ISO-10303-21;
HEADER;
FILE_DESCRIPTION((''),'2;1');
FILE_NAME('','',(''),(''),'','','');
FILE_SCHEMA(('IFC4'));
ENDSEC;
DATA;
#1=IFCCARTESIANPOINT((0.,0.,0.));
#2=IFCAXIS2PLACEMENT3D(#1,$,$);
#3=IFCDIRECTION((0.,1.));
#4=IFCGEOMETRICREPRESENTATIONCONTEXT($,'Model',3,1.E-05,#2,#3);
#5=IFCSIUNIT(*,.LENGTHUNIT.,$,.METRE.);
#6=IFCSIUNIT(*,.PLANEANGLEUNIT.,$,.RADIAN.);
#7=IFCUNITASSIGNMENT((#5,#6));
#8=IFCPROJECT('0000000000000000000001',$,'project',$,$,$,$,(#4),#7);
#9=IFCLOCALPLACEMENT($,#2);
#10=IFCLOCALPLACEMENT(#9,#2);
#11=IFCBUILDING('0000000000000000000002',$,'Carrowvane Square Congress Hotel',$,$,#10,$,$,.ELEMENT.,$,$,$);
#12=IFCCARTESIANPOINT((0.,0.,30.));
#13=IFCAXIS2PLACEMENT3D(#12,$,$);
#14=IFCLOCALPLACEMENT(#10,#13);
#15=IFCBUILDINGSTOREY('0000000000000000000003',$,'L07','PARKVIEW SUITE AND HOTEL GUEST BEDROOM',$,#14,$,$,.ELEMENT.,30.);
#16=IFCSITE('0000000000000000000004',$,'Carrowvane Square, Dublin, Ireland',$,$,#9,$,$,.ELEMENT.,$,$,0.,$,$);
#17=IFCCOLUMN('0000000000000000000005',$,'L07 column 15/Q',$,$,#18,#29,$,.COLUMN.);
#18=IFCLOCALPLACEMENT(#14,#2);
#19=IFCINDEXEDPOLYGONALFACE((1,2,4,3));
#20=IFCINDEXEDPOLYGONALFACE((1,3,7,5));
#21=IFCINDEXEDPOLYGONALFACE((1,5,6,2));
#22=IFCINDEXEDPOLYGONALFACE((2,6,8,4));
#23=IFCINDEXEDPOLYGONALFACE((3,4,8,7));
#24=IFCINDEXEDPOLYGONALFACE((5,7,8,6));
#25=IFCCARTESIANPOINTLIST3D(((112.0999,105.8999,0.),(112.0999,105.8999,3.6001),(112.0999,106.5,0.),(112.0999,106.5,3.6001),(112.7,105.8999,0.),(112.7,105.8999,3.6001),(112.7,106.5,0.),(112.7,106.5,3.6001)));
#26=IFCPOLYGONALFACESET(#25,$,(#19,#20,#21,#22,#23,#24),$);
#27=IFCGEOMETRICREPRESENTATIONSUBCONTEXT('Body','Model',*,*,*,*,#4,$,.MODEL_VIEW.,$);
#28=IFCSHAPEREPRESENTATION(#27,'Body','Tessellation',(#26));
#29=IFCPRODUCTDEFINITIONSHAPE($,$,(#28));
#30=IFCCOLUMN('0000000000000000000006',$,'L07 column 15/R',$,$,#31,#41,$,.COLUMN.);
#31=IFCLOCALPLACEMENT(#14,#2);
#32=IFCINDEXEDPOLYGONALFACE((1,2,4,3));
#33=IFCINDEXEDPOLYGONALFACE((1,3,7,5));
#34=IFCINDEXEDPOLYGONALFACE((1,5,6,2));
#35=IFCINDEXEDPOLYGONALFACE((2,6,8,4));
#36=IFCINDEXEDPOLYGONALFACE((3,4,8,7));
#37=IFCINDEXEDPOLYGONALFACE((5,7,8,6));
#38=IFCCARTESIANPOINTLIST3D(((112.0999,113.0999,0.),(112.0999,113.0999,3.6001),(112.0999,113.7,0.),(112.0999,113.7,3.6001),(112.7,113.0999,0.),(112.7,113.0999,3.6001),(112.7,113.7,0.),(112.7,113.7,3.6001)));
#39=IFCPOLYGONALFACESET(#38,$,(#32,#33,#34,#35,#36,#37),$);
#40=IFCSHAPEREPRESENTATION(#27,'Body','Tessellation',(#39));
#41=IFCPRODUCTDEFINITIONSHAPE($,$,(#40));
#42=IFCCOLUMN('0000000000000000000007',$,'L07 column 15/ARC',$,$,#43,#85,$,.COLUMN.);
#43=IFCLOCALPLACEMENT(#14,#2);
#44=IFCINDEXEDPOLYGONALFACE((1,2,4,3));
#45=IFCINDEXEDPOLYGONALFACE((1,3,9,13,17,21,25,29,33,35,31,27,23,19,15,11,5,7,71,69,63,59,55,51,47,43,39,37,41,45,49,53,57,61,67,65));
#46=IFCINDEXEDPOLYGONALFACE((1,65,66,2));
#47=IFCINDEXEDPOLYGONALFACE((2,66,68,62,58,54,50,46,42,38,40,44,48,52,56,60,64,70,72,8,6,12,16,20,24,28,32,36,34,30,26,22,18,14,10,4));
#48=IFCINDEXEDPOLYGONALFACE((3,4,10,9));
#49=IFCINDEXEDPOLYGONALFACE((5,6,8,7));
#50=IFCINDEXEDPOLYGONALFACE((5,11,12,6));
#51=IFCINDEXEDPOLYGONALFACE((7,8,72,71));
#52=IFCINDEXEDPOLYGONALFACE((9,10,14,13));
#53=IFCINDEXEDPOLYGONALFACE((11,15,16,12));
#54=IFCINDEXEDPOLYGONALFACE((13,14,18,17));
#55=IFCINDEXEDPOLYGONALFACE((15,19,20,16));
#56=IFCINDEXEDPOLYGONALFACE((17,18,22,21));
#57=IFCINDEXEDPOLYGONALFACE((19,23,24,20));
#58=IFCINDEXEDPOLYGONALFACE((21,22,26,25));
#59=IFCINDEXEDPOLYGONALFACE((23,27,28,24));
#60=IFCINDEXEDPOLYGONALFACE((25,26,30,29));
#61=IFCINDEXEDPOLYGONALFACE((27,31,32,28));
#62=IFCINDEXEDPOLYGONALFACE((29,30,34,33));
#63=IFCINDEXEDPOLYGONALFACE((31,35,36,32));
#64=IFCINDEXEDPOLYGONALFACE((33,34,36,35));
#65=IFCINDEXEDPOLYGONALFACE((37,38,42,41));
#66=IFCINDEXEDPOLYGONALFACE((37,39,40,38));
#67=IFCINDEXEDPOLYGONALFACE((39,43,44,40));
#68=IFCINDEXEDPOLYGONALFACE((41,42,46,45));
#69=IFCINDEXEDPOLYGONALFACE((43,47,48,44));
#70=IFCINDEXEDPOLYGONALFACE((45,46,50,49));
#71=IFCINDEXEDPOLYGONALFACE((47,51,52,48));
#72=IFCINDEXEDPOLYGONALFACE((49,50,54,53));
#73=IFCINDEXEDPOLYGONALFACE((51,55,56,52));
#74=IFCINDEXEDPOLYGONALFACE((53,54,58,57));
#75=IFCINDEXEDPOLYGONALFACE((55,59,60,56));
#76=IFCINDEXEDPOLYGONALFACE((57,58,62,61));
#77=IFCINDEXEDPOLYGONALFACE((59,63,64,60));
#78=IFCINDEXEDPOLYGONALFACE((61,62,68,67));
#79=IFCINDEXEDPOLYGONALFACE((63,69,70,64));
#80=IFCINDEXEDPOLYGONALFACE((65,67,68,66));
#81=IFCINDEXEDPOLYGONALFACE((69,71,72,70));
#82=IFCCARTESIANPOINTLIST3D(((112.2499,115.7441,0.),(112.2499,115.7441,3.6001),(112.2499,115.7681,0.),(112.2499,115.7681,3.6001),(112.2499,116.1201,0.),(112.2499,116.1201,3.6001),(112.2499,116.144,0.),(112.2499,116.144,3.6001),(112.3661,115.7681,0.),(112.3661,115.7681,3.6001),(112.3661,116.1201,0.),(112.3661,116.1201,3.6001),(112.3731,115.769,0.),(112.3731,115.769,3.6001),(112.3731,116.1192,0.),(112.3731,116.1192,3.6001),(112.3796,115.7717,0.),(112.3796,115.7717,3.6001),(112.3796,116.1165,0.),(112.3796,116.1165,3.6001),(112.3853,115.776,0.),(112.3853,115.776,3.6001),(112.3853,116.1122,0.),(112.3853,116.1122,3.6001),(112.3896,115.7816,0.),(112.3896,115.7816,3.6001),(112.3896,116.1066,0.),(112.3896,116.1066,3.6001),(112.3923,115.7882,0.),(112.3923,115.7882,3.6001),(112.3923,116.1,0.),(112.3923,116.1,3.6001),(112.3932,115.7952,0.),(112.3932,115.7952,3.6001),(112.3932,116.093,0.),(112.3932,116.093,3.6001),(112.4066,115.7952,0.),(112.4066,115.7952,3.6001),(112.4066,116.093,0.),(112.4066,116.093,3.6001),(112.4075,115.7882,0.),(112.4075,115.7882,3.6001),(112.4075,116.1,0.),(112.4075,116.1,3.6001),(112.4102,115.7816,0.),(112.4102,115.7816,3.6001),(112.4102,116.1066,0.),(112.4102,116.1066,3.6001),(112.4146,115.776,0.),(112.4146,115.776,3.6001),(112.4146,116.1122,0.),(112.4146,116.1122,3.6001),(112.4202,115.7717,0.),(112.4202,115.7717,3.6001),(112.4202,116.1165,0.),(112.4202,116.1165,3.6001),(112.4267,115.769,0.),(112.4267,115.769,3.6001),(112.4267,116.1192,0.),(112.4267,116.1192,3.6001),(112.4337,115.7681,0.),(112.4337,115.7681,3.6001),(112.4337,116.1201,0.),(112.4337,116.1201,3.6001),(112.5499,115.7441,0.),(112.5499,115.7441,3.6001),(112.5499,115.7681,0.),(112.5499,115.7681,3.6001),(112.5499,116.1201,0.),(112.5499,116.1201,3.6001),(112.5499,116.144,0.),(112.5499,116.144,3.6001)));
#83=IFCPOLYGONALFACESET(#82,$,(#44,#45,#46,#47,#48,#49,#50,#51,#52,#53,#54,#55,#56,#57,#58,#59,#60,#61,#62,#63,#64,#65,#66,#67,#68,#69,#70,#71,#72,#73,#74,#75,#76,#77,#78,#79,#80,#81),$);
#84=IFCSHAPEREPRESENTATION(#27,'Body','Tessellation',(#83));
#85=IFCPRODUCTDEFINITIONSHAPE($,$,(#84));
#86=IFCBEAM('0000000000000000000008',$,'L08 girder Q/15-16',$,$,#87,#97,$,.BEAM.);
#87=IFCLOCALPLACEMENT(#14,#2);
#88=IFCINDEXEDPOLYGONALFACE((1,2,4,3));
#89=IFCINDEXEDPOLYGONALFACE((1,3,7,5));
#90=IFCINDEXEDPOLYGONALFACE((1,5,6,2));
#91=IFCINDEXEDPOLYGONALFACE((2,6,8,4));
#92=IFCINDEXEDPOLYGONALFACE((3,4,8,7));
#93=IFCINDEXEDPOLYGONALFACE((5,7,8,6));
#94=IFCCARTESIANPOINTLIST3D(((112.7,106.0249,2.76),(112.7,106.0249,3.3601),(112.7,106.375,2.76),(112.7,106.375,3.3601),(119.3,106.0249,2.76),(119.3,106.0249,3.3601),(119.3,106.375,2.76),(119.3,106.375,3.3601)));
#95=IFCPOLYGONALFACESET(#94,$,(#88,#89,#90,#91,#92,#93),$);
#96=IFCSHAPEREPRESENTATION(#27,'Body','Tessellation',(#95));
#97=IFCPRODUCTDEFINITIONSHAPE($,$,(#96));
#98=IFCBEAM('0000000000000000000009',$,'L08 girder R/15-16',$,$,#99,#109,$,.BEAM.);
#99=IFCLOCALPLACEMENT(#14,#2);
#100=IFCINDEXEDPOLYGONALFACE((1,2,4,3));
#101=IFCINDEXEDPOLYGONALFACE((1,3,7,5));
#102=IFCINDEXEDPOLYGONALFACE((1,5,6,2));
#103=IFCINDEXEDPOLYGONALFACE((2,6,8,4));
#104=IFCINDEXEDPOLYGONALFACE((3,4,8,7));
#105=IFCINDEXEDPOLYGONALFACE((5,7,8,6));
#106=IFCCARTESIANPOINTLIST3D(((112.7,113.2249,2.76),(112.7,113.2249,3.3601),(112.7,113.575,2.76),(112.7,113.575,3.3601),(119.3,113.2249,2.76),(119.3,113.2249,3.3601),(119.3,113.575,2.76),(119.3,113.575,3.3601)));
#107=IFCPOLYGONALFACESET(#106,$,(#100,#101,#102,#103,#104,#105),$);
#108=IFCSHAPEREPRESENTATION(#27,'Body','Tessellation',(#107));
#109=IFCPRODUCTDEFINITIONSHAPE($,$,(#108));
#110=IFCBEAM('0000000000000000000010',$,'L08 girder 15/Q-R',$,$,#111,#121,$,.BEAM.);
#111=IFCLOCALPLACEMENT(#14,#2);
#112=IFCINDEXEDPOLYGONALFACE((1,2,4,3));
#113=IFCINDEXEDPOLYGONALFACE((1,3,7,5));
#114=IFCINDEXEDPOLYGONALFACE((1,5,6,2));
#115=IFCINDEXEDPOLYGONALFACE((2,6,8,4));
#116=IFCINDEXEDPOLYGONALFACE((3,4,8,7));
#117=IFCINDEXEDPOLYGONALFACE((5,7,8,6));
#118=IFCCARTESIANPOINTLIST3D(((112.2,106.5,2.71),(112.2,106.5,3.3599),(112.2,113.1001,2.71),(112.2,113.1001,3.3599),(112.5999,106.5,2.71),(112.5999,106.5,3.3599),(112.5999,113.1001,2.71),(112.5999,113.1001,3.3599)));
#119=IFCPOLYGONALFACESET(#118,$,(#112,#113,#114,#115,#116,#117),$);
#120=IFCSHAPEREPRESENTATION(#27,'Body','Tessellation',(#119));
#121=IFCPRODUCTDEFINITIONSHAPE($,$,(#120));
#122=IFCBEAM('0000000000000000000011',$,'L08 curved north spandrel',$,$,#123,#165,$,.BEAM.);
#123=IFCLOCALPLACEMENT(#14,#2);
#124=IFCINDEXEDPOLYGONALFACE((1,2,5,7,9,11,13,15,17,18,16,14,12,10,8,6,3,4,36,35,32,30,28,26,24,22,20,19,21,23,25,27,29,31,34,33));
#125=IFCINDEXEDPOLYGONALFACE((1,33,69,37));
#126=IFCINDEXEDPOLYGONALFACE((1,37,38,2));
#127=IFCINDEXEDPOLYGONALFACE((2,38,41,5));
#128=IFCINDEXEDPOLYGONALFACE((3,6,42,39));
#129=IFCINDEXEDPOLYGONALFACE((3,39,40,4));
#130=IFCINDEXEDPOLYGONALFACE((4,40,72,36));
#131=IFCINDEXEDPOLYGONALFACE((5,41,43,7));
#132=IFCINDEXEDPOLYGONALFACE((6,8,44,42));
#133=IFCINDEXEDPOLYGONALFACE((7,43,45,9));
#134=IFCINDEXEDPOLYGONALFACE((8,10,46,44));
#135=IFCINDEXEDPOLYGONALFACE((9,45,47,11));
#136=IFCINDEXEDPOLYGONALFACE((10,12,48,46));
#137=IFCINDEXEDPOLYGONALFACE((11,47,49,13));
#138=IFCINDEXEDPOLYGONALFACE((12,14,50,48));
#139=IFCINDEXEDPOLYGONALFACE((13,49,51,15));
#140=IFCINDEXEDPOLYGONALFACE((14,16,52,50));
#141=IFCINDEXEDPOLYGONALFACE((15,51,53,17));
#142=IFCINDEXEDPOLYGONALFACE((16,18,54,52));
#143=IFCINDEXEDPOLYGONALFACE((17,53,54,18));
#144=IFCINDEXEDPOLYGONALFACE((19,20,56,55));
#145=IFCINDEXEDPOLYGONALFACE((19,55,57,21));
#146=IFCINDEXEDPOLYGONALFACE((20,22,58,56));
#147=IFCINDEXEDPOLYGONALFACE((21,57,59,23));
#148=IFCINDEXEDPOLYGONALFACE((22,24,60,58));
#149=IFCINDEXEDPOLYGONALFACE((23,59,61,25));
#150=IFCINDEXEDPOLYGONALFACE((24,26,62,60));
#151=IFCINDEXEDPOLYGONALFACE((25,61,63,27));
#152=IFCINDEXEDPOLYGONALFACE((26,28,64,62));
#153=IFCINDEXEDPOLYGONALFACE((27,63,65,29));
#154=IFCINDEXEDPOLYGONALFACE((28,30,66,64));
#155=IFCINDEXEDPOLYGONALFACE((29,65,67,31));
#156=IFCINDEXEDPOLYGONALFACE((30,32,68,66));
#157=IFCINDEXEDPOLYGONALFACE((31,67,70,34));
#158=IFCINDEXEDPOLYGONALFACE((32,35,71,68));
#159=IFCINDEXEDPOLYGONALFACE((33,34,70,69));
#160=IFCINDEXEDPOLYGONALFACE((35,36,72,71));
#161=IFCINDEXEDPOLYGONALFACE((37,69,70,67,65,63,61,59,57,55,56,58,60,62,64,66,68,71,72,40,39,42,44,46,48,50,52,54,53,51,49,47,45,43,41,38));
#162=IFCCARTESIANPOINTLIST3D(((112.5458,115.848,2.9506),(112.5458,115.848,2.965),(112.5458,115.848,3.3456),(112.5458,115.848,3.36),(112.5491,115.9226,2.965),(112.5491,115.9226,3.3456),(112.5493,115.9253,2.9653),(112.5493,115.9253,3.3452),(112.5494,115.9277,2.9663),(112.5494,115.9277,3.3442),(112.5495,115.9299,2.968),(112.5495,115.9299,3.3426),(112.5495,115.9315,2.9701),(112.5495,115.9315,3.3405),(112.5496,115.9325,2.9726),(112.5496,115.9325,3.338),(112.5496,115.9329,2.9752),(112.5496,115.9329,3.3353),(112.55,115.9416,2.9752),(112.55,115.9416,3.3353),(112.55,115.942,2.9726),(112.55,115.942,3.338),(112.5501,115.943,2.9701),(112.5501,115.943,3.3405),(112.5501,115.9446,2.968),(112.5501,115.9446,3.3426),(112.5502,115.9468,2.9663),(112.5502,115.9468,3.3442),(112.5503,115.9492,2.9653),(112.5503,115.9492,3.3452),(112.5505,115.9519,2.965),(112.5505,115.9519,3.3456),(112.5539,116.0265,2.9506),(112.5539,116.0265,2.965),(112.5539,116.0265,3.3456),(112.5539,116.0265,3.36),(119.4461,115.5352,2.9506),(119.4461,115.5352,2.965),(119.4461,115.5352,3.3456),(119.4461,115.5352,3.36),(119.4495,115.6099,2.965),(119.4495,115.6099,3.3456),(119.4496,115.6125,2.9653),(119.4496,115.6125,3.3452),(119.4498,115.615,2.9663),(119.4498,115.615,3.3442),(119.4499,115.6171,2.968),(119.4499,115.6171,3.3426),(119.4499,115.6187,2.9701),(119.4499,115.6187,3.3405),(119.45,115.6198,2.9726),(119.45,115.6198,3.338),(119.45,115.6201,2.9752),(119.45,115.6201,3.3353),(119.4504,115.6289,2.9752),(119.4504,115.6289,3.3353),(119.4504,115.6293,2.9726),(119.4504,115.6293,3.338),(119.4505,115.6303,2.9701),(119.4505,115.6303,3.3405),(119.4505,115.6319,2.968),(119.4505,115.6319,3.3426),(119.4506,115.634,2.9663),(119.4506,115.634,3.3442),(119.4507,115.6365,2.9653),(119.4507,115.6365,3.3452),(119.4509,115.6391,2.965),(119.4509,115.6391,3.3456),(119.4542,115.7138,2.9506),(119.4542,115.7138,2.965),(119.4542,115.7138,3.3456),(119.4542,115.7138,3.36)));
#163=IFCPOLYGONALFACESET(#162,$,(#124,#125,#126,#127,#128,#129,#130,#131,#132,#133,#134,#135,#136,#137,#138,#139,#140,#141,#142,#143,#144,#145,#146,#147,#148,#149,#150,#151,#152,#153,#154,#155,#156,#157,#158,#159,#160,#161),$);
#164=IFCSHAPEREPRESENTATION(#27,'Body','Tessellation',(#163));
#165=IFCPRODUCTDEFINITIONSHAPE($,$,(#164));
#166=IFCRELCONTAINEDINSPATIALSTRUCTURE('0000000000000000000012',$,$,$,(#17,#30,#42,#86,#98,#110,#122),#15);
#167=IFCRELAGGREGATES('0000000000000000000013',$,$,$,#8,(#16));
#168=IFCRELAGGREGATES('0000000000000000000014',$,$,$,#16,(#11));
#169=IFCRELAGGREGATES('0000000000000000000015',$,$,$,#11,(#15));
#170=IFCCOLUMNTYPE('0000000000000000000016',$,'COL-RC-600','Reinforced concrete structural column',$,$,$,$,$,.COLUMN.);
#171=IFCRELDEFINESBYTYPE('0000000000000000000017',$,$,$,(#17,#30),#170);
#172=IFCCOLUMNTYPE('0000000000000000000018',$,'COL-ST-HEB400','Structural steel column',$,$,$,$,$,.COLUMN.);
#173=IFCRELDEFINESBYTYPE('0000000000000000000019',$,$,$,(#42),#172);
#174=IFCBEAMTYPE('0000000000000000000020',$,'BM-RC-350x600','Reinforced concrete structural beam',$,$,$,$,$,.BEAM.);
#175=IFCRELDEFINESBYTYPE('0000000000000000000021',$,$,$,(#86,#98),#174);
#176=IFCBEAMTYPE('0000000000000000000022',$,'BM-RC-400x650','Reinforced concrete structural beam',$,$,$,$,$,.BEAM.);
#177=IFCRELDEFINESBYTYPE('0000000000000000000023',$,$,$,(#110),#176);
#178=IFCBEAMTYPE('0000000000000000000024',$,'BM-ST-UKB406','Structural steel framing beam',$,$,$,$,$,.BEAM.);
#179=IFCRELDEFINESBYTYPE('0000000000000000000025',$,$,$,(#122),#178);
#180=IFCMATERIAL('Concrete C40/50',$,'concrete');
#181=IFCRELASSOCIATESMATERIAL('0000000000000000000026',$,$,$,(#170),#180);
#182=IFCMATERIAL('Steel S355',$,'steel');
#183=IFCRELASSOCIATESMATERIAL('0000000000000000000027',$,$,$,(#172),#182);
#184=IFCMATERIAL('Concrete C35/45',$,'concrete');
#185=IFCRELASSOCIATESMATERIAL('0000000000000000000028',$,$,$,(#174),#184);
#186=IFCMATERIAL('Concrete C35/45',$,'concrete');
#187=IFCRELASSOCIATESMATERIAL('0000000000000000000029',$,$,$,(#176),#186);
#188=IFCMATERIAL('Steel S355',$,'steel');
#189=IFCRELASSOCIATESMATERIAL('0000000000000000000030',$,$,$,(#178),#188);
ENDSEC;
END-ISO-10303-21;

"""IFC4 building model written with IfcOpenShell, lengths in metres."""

from ifc_helpers import new_model, si_unit, direction, frame, origin, origin_2d, place, context, subcontext, project, spatial, rectangle, i_section, extrude, material, material_profile, profile_set, type_object, element, save


model = new_model("IFC4")

# Units and contexts
model_context = context("Model", 3, precision=1e-05, world=origin(), true_north=direction((0.0, 1.0)))
body_context = subcontext(model_context, "Body", "Model", "MODEL_VIEW")
ifc_project = project(units=[si_unit("LENGTHUNIT", "METRE"), si_unit("PLANEANGLEUNIT", "RADIAN")], contexts=[model_context])

# Site, building, storey
site_placement = place(None, origin())
site = spatial("IfcSite", under=ifc_project, at=site_placement, Name="Carrowvane Square, Dublin, Ireland", CompositionType="ELEMENT", RefElevation=0.0)
building_placement = place(site_placement, origin())
building = spatial("IfcBuilding", under=site, at=building_placement, Name="Carrowvane Square Congress Hotel", CompositionType="ELEMENT")
storey_placement = place(building_placement, frame((0.0, 0.0, 30.0)))
storey = spatial("IfcBuildingStorey", under=building, at=storey_placement, Name="L07", Description="PARKVIEW SUITE AND HOTEL GUEST BEDROOM", CompositionType="ELEMENT", Elevation=30.0)

# Columns
ifc_material_1 = material(Name="Concrete C40/50", Category="concrete")
ifc_material_profile_1 = material_profile(ifc_material_1, rectangle(XDim=0.6001, YDim=0.6001, at=origin_2d()), Name="RC 600x600")
ifc_profile_set_1 = profile_set([ifc_material_profile_1], Name="Concrete C40/50")
column_type_1 = type_object("IfcColumnType", Name="COL-RC-600", Description="Reinforced concrete structural column", PredefinedType="COLUMN", material=ifc_profile_set_1)
for number, where, z_axis, x_axis, name in (
    (1, (112.3999, 106.2, 0.0), (0.0, 0.0, 1.0), (1.0, 0.0, 0.0), "L07 column 15/Q"),
    (2, (112.3999, 113.3999, 0.0), (0.0, 0.0, 1.0), (1.0, 0.0, 0.0), "L07 column 15/R"),
):
    element("IfcColumn", number, at=place(storey_placement, frame(where, z_axis=z_axis, x_axis=x_axis)), inside=storey, type_object=column_type_1, Name=name, PredefinedType="COLUMN", context=body_context, shape_type="SweptSolid", body=[
        extrude(rectangle(XDim=0.6001, YDim=0.6001, at=origin_2d()), origin(), (0.0, 0.0, 1.0), 3.6001),
    ])
ifc_material_2 = material(Name="Steel S355", Category="steel")
ifc_material_profile_2 = material_profile(ifc_material_2, i_section(OverallWidth=0.3, OverallDepth=0.3999, WebThickness=0.0134, FlangeThickness=0.0239, FilletRadius=0.0271, at=origin_2d()), Name="HEB 400")
ifc_profile_set_2 = profile_set([ifc_material_profile_2], Name="Steel S355")
column_type_2 = type_object("IfcColumnType", Name="COL-ST-HEB400", Description="Structural steel column", PredefinedType="COLUMN", material=ifc_profile_set_2)
column_placement = place(storey_placement, frame((112.3999, 115.9441, 0.0), z_axis=(0.0, 0.0, 1.0), x_axis=(1.0, 0.0, 0.0)))
element("IfcColumn", 3, at=column_placement, inside=storey, type_object=column_type_2, Name="L07 column 15/ARC", PredefinedType="COLUMN", context=body_context, shape_type="SweptSolid", body=[
    extrude(i_section(OverallWidth=0.3, OverallDepth=0.3999, WebThickness=0.0134, FlangeThickness=0.0239, FilletRadius=0.0271, at=origin_2d()), origin(), (0.0, 0.0, 1.0), 3.6001),
])

# Beams
ifc_material_3 = material(Name="Concrete C35/45", Category="concrete")
ifc_material_profile_3 = material_profile(ifc_material_3, rectangle(XDim=0.3501, YDim=0.6001, at=origin_2d()), Name="RC 350x600")
ifc_profile_set_3 = profile_set([ifc_material_profile_3], Name="Concrete C35/45")
beam_type_1 = type_object("IfcBeamType", Name="BM-RC-350x600", Description="Reinforced concrete structural beam", PredefinedType="BEAM", material=ifc_profile_set_3)
for number, where, z_axis, x_axis, name in (
    (4, (112.7, 106.2, 3.0601), (1.0, 0.0, 0.0), (0.0, 1.0, 0.0), "L08 girder Q/15-16"),
    (5, (112.7, 113.3999, 3.0601), (1.0, 0.0, 0.0), (0.0, 1.0, 0.0), "L08 girder R/15-16"),
):
    element("IfcBeam", number, at=place(storey_placement, frame(where, z_axis=z_axis, x_axis=x_axis)), inside=storey, type_object=beam_type_1, Name=name, PredefinedType="BEAM", context=body_context, shape_type="SweptSolid", body=[
        extrude(rectangle(XDim=0.3501, YDim=0.6001, at=origin_2d()), origin(), (0.0, 0.0, 1.0), 6.6001),
    ])
ifc_material_4 = material(Name="Concrete C35/45", Category="concrete")
ifc_material_profile_4 = material_profile(ifc_material_4, rectangle(XDim=0.3999, YDim=0.6499, at=origin_2d()), Name="RC 400x650")
ifc_profile_set_4 = profile_set([ifc_material_profile_4], Name="Concrete C35/45")
beam_type_2 = type_object("IfcBeamType", Name="BM-RC-400x650", Description="Reinforced concrete structural beam", PredefinedType="BEAM", material=ifc_profile_set_4)
beam_1_placement = place(storey_placement, frame((112.3999, 106.5, 3.0349), z_axis=(0.0, 1.0, 0.0), x_axis=(-1.0, 0.0, 0.0)))
element("IfcBeam", 6, at=beam_1_placement, inside=storey, type_object=beam_type_2, Name="L08 girder 15/Q-R", PredefinedType="BEAM", context=body_context, shape_type="SweptSolid", body=[
    extrude(rectangle(XDim=0.3999, YDim=0.6499, at=origin_2d()), origin(), (0.0, 0.0, 1.0), 6.6001),
])
ifc_material_5 = material(Name="Steel S355", Category="steel")
ifc_material_profile_5 = material_profile(ifc_material_5, i_section(OverallWidth=0.1787, OverallDepth=0.4094, WebThickness=0.0088, FlangeThickness=0.0144, FilletRadius=0.0103, at=origin_2d()), Name="UKB 406x178x67")
ifc_profile_set_5 = profile_set([ifc_material_profile_5], Name="Steel S355")
beam_type_3 = type_object("IfcBeamType", Name="BM-ST-UKB406", Description="Structural steel framing beam", PredefinedType="BEAM", material=ifc_profile_set_5)
beam_2_placement = place(storey_placement, frame((112.5498, 115.9373, 3.1553), z_axis=(0.998975, -0.045276, 0.0), x_axis=(0.045276, 0.998975, 0.0)))
element("IfcBeam", 7, at=beam_2_placement, inside=storey, type_object=beam_type_3, Name="L08 curved north spandrel", PredefinedType="BEAM", context=body_context, shape_type="SweptSolid", body=[
    extrude(i_section(OverallWidth=0.1787, OverallDepth=0.4094, WebThickness=0.0088, FlangeThickness=0.0144, FilletRadius=0.0103, at=origin_2d()), origin(), (0.0, 0.0, 1.0), 6.9075),
])

save(model, "model.ifc")
